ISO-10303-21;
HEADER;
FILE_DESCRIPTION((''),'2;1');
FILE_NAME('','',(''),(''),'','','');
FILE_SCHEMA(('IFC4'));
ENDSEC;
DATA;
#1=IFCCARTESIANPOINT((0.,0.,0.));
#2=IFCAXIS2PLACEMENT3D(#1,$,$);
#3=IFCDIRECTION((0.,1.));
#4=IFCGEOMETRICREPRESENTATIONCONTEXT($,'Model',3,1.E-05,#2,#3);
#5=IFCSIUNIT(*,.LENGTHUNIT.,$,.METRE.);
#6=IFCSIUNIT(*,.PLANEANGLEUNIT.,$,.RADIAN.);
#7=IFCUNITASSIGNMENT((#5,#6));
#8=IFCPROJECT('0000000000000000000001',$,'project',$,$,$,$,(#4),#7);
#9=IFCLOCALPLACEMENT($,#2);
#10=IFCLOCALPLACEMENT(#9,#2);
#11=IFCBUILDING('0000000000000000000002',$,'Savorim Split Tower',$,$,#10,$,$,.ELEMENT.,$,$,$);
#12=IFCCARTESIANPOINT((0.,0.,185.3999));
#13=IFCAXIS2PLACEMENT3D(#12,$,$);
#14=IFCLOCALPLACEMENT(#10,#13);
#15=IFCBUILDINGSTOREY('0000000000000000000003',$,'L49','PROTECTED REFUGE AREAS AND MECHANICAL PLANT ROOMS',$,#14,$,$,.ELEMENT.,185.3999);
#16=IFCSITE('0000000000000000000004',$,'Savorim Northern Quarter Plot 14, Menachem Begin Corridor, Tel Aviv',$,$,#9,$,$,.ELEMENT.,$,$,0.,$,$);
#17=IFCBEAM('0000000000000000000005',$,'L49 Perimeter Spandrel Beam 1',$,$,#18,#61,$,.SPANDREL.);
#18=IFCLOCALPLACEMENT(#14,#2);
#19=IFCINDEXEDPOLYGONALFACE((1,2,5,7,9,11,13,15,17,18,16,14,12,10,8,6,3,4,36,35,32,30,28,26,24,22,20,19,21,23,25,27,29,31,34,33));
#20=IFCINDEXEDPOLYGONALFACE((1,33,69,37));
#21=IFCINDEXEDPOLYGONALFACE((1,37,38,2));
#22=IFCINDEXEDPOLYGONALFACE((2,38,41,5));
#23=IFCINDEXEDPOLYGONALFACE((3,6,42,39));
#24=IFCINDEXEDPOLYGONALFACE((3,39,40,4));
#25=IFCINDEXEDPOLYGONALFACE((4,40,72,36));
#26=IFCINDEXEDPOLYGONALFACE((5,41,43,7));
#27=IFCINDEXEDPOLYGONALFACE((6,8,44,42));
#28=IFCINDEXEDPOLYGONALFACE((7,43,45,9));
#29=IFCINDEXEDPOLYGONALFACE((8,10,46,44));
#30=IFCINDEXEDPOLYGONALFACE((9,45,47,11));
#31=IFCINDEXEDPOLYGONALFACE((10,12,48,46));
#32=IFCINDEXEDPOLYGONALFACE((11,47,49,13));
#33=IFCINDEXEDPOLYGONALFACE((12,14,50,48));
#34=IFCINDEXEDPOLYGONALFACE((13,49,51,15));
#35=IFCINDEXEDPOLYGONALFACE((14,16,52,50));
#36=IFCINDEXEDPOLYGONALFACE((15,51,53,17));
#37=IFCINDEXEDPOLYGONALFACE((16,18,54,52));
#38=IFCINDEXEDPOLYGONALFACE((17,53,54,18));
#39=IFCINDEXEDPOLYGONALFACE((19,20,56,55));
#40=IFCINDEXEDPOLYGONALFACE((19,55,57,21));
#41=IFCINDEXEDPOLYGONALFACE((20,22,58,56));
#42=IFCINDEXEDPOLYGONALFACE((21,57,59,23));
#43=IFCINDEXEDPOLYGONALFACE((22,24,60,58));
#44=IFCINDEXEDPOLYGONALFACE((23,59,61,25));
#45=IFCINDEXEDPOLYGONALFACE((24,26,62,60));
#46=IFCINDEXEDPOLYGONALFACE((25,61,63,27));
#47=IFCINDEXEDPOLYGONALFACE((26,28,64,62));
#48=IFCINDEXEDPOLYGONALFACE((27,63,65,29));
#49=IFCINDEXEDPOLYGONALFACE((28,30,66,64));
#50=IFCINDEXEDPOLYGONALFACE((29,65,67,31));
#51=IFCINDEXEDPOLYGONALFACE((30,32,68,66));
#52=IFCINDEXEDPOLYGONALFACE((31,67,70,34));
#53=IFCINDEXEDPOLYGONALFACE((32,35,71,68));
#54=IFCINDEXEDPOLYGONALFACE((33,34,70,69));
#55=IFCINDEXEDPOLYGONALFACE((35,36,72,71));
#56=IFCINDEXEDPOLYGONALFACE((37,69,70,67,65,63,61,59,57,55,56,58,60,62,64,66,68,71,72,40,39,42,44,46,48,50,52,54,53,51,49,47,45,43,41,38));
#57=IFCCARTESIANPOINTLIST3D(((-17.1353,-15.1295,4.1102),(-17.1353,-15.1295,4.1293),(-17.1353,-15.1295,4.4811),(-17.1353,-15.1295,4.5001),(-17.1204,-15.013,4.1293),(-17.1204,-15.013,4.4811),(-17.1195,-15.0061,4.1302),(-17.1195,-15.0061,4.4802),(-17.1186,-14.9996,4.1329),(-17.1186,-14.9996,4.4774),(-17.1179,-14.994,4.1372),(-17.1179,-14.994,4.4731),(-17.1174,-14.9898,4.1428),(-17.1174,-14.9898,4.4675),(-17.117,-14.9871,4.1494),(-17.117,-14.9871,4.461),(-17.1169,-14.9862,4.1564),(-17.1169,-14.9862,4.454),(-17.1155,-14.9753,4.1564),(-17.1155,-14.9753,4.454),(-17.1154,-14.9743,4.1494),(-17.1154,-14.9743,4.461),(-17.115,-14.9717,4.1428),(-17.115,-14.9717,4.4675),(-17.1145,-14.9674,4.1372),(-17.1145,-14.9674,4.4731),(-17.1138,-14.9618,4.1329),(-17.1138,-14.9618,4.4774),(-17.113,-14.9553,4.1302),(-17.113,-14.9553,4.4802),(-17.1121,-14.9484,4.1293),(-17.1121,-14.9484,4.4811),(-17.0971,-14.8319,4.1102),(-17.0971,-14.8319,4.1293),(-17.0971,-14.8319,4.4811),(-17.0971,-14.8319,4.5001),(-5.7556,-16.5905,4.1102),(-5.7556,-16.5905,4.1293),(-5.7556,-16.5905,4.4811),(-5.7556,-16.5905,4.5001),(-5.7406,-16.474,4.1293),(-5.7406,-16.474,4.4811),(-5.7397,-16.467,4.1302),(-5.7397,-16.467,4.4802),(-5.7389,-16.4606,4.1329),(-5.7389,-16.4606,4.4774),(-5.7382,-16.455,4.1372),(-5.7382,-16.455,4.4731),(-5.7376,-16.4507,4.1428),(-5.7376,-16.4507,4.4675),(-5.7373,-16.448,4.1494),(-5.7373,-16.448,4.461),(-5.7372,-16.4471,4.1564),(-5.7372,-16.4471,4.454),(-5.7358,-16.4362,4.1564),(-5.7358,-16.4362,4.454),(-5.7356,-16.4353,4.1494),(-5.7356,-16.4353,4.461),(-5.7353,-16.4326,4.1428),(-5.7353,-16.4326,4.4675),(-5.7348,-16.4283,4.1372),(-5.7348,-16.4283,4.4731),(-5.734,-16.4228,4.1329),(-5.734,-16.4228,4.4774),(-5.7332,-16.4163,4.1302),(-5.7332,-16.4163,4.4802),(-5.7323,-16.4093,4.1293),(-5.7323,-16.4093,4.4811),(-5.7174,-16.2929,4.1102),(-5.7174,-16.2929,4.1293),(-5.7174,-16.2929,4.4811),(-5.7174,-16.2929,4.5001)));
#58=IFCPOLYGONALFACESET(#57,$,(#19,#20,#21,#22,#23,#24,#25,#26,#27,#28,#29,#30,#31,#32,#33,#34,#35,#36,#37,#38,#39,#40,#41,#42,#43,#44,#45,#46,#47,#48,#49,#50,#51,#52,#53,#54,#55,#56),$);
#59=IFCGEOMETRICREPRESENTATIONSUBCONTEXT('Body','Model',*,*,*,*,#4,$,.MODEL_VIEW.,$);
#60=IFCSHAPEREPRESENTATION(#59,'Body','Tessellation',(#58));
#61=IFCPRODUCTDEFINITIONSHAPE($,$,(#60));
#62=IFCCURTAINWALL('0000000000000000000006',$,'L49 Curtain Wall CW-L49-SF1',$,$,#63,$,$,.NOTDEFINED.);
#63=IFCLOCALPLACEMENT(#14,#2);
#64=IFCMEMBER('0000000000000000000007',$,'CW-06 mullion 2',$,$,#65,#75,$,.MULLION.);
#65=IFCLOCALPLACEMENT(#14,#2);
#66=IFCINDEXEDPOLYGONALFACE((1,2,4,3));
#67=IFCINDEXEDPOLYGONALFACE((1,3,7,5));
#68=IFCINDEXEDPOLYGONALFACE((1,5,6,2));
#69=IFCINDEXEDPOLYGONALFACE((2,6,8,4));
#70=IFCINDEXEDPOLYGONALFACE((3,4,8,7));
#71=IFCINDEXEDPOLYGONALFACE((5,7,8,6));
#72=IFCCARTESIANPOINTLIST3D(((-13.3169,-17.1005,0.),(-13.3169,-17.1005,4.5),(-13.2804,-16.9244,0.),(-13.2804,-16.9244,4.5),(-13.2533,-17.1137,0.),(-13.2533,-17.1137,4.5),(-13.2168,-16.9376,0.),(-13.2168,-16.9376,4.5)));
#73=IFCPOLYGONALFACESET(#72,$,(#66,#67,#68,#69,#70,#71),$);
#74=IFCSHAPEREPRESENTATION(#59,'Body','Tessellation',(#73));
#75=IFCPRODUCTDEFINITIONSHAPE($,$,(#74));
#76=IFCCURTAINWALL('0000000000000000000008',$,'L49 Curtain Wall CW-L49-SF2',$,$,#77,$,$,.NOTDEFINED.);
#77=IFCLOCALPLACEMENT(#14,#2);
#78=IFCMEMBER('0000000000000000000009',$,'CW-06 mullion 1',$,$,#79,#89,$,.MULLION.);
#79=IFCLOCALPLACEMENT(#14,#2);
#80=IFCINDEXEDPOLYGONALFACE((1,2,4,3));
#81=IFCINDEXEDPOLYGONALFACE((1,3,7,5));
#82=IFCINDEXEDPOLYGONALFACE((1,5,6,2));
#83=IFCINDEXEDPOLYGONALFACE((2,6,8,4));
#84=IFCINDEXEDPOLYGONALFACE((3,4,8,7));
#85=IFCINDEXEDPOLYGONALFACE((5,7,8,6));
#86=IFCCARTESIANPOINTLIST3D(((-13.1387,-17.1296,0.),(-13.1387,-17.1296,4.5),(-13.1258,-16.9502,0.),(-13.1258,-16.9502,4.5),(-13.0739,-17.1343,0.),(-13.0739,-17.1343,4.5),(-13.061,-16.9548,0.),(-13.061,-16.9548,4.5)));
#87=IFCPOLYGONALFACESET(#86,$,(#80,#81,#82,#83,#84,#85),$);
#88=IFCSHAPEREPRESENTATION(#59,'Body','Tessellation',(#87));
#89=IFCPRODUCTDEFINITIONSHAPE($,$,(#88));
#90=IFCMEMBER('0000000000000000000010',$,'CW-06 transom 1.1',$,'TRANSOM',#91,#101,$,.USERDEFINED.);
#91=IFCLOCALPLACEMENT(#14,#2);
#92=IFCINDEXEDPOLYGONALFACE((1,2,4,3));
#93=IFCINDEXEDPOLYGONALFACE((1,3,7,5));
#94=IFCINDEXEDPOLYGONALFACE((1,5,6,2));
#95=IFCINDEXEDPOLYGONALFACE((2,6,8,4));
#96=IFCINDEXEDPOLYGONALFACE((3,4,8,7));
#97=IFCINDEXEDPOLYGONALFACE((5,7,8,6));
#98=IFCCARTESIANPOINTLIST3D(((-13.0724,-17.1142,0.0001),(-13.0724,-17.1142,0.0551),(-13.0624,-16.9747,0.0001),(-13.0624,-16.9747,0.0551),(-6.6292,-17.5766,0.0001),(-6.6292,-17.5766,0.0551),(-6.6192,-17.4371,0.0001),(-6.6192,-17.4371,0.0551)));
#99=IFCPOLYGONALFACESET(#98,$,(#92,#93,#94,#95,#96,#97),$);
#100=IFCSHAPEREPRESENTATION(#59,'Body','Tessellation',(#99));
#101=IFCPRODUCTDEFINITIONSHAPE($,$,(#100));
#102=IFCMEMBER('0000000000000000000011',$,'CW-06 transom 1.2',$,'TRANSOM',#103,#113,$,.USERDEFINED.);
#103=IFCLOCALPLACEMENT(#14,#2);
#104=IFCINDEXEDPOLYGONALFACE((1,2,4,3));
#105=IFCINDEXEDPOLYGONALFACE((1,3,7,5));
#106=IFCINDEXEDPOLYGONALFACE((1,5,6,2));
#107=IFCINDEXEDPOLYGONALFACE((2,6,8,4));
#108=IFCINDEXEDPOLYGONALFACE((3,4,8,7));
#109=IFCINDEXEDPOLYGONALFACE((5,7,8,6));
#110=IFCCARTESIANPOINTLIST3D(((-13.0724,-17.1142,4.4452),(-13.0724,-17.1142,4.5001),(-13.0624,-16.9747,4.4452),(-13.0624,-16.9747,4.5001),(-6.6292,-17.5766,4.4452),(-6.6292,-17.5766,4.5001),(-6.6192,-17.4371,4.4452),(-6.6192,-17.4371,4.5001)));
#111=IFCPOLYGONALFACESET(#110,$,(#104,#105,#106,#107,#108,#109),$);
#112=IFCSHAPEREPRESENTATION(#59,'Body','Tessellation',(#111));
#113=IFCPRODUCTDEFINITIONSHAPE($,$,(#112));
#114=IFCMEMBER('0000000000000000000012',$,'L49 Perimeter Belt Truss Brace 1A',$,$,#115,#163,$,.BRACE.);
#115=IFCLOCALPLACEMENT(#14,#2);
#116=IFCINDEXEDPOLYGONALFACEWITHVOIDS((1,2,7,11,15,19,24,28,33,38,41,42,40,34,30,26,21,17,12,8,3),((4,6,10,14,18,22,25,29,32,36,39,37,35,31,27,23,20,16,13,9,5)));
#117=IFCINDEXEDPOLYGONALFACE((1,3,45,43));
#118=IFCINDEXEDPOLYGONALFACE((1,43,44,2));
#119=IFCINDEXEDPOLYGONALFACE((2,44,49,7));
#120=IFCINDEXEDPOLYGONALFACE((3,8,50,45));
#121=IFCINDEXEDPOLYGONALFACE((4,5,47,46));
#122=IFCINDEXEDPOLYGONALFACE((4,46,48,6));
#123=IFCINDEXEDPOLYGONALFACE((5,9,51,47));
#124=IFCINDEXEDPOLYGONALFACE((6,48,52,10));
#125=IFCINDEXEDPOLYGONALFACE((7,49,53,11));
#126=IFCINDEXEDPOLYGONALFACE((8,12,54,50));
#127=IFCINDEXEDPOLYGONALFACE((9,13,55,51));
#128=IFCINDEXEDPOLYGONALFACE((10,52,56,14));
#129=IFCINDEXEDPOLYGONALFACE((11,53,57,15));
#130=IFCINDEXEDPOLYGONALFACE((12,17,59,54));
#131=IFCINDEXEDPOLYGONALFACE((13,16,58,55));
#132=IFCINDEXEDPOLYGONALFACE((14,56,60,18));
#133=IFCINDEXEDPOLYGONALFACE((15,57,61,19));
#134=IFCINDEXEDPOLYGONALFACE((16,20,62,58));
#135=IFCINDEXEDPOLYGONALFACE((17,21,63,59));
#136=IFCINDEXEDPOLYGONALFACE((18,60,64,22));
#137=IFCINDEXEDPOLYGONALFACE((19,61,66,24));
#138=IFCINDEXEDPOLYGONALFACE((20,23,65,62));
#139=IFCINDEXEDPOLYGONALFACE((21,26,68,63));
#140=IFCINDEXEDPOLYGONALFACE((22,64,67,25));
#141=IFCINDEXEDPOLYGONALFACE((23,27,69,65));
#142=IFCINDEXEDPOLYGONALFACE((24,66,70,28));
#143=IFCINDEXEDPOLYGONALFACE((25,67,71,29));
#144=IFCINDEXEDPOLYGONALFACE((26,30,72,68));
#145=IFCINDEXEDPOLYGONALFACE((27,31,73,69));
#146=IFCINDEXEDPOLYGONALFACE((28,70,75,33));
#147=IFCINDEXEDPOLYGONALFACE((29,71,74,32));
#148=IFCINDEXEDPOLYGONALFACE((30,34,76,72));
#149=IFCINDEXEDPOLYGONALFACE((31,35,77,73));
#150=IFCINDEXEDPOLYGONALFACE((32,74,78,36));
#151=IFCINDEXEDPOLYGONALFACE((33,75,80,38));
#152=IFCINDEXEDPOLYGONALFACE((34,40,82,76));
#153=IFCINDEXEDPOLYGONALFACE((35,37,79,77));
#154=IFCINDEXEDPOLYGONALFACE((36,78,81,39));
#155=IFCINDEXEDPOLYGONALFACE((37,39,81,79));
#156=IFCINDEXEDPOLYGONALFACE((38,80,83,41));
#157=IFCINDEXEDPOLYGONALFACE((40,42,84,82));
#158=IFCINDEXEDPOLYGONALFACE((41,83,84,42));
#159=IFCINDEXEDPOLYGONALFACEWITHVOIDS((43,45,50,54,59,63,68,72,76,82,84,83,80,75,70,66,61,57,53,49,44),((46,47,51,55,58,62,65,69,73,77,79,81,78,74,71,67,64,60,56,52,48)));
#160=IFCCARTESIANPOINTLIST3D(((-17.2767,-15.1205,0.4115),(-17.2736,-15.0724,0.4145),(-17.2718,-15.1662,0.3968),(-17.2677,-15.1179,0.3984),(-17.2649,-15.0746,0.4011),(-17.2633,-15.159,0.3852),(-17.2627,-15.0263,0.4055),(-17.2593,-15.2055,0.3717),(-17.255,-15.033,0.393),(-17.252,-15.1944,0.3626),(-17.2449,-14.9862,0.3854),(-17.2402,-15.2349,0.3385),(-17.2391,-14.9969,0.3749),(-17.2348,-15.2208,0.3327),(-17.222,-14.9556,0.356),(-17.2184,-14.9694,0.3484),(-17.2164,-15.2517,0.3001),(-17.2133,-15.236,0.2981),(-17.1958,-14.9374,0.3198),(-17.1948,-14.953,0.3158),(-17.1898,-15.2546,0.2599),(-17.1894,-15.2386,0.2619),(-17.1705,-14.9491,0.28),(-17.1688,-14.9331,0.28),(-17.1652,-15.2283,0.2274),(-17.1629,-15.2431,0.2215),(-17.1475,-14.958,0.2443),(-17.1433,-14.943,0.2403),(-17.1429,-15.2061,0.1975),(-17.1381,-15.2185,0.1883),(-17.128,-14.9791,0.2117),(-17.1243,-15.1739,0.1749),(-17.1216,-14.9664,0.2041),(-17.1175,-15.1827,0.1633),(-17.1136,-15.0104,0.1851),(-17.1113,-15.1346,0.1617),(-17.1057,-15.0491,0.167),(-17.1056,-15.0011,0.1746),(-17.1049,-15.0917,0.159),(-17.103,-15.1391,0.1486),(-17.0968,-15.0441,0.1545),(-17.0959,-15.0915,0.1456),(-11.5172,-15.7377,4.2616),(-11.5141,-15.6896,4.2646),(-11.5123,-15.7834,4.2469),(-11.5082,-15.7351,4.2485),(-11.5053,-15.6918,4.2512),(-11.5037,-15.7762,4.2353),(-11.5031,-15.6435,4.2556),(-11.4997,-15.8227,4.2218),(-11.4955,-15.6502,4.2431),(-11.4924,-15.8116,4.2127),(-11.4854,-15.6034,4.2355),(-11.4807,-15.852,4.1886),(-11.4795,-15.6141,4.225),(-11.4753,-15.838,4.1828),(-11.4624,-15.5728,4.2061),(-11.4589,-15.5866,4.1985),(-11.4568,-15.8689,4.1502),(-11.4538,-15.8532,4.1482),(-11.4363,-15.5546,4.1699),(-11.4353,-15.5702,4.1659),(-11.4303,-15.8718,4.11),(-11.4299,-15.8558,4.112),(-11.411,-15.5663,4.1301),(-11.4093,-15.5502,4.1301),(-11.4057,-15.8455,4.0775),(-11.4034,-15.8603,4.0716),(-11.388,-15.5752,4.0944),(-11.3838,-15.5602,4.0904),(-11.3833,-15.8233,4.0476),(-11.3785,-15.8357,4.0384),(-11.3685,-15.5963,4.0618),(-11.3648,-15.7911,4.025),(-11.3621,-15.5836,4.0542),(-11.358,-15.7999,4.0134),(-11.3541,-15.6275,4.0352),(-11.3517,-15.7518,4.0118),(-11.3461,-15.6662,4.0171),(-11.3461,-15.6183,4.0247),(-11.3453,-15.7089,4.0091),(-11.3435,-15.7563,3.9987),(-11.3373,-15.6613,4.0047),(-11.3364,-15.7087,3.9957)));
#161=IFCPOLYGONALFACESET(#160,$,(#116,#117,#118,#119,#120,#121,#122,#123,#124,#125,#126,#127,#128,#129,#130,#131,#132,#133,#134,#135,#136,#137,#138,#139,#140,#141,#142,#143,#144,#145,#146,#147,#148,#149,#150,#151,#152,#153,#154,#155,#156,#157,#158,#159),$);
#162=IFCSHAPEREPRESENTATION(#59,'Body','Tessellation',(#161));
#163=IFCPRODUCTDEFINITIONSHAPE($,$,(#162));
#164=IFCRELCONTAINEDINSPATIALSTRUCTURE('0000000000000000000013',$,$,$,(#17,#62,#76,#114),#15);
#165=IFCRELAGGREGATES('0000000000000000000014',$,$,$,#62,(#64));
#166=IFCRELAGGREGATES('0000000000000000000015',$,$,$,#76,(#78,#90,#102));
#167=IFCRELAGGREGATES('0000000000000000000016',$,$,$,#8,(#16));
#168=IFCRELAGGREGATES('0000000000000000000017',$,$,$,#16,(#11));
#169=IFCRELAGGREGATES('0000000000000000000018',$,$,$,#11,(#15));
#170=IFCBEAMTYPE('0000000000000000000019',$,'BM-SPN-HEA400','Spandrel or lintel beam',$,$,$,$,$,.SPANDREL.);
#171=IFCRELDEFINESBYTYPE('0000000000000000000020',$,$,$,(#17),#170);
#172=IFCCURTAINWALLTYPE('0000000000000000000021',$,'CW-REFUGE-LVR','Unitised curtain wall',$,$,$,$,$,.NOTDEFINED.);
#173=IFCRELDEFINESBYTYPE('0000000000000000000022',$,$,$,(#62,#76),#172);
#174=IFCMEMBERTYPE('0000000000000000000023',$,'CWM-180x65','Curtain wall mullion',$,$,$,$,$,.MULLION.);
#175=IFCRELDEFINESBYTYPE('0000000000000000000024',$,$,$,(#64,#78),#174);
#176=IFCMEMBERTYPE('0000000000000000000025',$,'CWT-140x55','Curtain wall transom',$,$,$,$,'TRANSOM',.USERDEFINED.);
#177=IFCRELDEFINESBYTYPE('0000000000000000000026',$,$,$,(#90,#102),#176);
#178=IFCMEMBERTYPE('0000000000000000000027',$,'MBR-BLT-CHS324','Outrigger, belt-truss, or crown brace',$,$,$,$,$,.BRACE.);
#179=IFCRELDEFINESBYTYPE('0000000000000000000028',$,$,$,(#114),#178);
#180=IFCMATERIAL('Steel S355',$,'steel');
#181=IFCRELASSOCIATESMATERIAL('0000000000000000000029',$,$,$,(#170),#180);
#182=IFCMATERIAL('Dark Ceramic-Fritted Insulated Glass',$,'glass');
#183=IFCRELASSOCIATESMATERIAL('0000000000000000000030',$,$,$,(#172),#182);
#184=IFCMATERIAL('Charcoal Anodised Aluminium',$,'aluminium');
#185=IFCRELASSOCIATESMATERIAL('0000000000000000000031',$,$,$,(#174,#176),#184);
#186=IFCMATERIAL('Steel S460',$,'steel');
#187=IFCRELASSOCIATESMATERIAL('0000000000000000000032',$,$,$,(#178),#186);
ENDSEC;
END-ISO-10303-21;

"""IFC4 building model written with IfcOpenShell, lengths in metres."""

from ifc_helpers import new_model, si_unit, direction, frame, origin, origin_2d, place, context, subcontext, project, spatial, rectangle, hollow_circle, i_section, extrude, material, material_profile, profile_set, type_object, element, aggregate, save


model = new_model("IFC4")

# Units and contexts
model_context = context("Model", 3, precision=1e-05, world=origin(), true_north=direction((0.0, 1.0)))
body_context = subcontext(model_context, "Body", "Model", "MODEL_VIEW")
ifc_project = project(units=[si_unit("LENGTHUNIT", "METRE"), si_unit("PLANEANGLEUNIT", "RADIAN")], contexts=[model_context])

# Site, building, storey
site_placement = place(None, origin())
site = spatial("IfcSite", under=ifc_project, at=site_placement, Name="Savorim Northern Quarter Plot 14, Menachem Begin Corridor, Tel Aviv", CompositionType="ELEMENT", RefElevation=0.0)
building_placement = place(site_placement, origin())
building = spatial("IfcBuilding", under=site, at=building_placement, Name="Savorim Split Tower", CompositionType="ELEMENT")
storey_placement = place(building_placement, frame((0.0, 0.0, 185.3999)))
storey = spatial("IfcBuildingStorey", under=building, at=storey_placement, Name="L49", Description="PROTECTED REFUGE AREAS AND MECHANICAL PLANT ROOMS", CompositionType="ELEMENT", Elevation=185.3999)

# Shared definitions
ifc_material_1 = material(Name="Steel S355", Category="steel")

# Beam
ifc_material_profile_1 = material_profile(ifc_material_1, i_section(OverallWidth=0.3, OverallDepth=0.3899, WebThickness=0.011, FlangeThickness=0.019, FilletRadius=0.0271, at=origin_2d()), Name="HEA 400")
ifc_profile_set_1 = profile_set([ifc_material_profile_1], Name="Steel S355")
beam_type_1 = type_object("IfcBeamType", Name="BM-SPN-HEA400", Description="Spandrel or lintel beam", PredefinedType="SPANDREL", material=ifc_profile_set_1)
beam_1_placement = place(storey_placement, frame((-17.1162, -14.9807, 4.3052), z_axis=(0.99186, -0.127337, 0.0), x_axis=(0.127337, 0.99186, 0.0)))
element("IfcBeam", 1, at=beam_1_placement, inside=storey, type_object=beam_type_1, Name="L49 Perimeter Spandrel Beam 1", PredefinedType="SPANDREL", context=body_context, shape_type="SweptSolid", body=[
    extrude(i_section(OverallWidth=0.3, OverallDepth=0.3899, WebThickness=0.011, FlangeThickness=0.019, FilletRadius=0.0271, at=origin_2d()), origin(), (0.0, 0.0, 1.0), 11.4731),
])

# Curtain wall, member
ifc_material_2 = material(Name="Dark Ceramic-Fritted Insulated Glass", Category="glass")
curtain_wall_type = type_object("IfcCurtainWallType", Name="CW-REFUGE-LVR", Description="Unitised curtain wall", PredefinedType="NOTDEFINED", material=ifc_material_2)
curtain_wall_1_placement = place(storey_placement, origin())
curtain_wall_1 = element("IfcCurtainWall", 2, at=curtain_wall_1_placement, inside=storey, type_object=curtain_wall_type, Name="L49 Curtain Wall CW-L49-SF1", PredefinedType="NOTDEFINED")
ifc_material_3 = material(Name="Charcoal Anodised Aluminium", Category="aluminium")
ifc_material_profile_2 = material_profile(ifc_material_3, rectangle(XDim=0.1799, YDim=0.0649, at=origin_2d()), Name="ALU-M 180x65")
ifc_profile_set_2 = profile_set([ifc_material_profile_2], Name="Charcoal Anodised Aluminium")
member_type_1 = type_object("IfcMemberType", Name="CWM-180x65", Description="Curtain wall mullion", PredefinedType="MULLION", material=ifc_profile_set_2)
member_1_placement = place(storey_placement, frame((-13.2668, -17.019, 0.0), z_axis=(0.0, 0.0, 1.0), x_axis=(0.203208, 0.979136, 0.0)))
member_1 = element("IfcMember", 3, at=member_1_placement, type_object=member_type_1, Name="CW-06 mullion 2", PredefinedType="MULLION", context=body_context, shape_type="SweptSolid", body=[
    extrude(rectangle(XDim=0.1799, YDim=0.0649, at=origin_2d()), origin(), (0.0, 0.0, 1.0), 4.5),
])
aggregate(curtain_wall_1, [member_1])

# Curtain wall, members
curtain_wall_2_placement = place(storey_placement, origin())
curtain_wall_2 = element("IfcCurtainWall", 4, at=curtain_wall_2_placement, inside=storey, type_object=curtain_wall_type, Name="L49 Curtain Wall CW-L49-SF2", PredefinedType="NOTDEFINED")
member_2_placement = place(storey_placement, frame((-13.0999, -17.0422, 0.0), z_axis=(0.0, 0.0, 1.0), x_axis=(0.071562, 0.997436, 0.0)))
member_2 = element("IfcMember", 5, at=member_2_placement, type_object=member_type_1, Name="CW-06 mullion 1", PredefinedType="MULLION", context=body_context, shape_type="SweptSolid", body=[
    extrude(rectangle(XDim=0.1799, YDim=0.0649, at=origin_2d()), origin(), (0.0, 0.0, 1.0), 4.5),
])
ifc_material_profile_3 = material_profile(ifc_material_3, rectangle(XDim=0.1399, YDim=0.0549, at=origin_2d()), Name="ALU-T 140x55")
ifc_profile_set_3 = profile_set([ifc_material_profile_3], Name="Charcoal Anodised Aluminium")
member_type_2 = type_object("IfcMemberType", Name="CWT-140x55", Description="Curtain wall transom", ElementType="TRANSOM", PredefinedType="USERDEFINED", material=ifc_profile_set_3)
member_3_placement = place(storey_placement, frame((-13.0674, -17.0444, 0.0276), z_axis=(0.997435, -0.071583, 0.0), x_axis=(0.071583, 0.997435, 0.0)))
member_3 = element("IfcMember", 6, at=member_3_placement, type_object=member_type_2, Name="CW-06 transom 1.1", ObjectType="TRANSOM", PredefinedType="USERDEFINED", context=body_context, shape_type="SweptSolid", body=[
    extrude(rectangle(XDim=0.1399, YDim=0.0549, at=origin_2d()), origin(), (0.0, 0.0, 1.0), 6.4597),
])
member_4_placement = place(storey_placement, frame((-13.0674, -17.0444, 4.4727), z_axis=(0.997435, -0.071583, 0.0), x_axis=(0.071583, 0.997435, 0.0)))
member_4 = element("IfcMember", 7, at=member_4_placement, type_object=member_type_2, Name="CW-06 transom 1.2", ObjectType="TRANSOM", PredefinedType="USERDEFINED", context=body_context, shape_type="SweptSolid", body=[
    extrude(rectangle(XDim=0.1399, YDim=0.0549, at=origin_2d()), origin(), (0.0, 0.0, 1.0), 6.4597),
])
aggregate(curtain_wall_2, [member_2, member_3, member_4])

# Member
ifc_material_4 = material(Name="Steel S460", Category="steel")
ifc_material_profile_4 = material_profile(ifc_material_4, hollow_circle(Radius=0.1619, WallThickness=0.0161, at=origin_2d()), Name="CHS 323.9x16")
ifc_profile_set_4 = profile_set([ifc_material_profile_4], Name="Steel S460")
member_type_3 = type_object("IfcMemberType", Name="MBR-BLT-CHS324", Description="Outrigger, belt-truss, or crown brace", PredefinedType="BRACE", material=ifc_profile_set_4)
member_5_placement = place(storey_placement, frame((-17.186, -15.094, 0.28), z_axis=(0.828076, -0.088736, 0.553548), x_axis=(0.106549, 0.994307, 0.0)))
element("IfcMember", 8, at=member_5_placement, inside=storey, type_object=member_type_3, Name="L49 Perimeter Belt Truss Brace 1A", PredefinedType="BRACE", context=body_context, shape_type="SweptSolid", body=[
    extrude(hollow_circle(Radius=0.1619, WallThickness=0.0161, at=origin_2d()), origin(), (0.0, 0.0, 1.0), 6.9553),
])

save(model, "model.ifc")
